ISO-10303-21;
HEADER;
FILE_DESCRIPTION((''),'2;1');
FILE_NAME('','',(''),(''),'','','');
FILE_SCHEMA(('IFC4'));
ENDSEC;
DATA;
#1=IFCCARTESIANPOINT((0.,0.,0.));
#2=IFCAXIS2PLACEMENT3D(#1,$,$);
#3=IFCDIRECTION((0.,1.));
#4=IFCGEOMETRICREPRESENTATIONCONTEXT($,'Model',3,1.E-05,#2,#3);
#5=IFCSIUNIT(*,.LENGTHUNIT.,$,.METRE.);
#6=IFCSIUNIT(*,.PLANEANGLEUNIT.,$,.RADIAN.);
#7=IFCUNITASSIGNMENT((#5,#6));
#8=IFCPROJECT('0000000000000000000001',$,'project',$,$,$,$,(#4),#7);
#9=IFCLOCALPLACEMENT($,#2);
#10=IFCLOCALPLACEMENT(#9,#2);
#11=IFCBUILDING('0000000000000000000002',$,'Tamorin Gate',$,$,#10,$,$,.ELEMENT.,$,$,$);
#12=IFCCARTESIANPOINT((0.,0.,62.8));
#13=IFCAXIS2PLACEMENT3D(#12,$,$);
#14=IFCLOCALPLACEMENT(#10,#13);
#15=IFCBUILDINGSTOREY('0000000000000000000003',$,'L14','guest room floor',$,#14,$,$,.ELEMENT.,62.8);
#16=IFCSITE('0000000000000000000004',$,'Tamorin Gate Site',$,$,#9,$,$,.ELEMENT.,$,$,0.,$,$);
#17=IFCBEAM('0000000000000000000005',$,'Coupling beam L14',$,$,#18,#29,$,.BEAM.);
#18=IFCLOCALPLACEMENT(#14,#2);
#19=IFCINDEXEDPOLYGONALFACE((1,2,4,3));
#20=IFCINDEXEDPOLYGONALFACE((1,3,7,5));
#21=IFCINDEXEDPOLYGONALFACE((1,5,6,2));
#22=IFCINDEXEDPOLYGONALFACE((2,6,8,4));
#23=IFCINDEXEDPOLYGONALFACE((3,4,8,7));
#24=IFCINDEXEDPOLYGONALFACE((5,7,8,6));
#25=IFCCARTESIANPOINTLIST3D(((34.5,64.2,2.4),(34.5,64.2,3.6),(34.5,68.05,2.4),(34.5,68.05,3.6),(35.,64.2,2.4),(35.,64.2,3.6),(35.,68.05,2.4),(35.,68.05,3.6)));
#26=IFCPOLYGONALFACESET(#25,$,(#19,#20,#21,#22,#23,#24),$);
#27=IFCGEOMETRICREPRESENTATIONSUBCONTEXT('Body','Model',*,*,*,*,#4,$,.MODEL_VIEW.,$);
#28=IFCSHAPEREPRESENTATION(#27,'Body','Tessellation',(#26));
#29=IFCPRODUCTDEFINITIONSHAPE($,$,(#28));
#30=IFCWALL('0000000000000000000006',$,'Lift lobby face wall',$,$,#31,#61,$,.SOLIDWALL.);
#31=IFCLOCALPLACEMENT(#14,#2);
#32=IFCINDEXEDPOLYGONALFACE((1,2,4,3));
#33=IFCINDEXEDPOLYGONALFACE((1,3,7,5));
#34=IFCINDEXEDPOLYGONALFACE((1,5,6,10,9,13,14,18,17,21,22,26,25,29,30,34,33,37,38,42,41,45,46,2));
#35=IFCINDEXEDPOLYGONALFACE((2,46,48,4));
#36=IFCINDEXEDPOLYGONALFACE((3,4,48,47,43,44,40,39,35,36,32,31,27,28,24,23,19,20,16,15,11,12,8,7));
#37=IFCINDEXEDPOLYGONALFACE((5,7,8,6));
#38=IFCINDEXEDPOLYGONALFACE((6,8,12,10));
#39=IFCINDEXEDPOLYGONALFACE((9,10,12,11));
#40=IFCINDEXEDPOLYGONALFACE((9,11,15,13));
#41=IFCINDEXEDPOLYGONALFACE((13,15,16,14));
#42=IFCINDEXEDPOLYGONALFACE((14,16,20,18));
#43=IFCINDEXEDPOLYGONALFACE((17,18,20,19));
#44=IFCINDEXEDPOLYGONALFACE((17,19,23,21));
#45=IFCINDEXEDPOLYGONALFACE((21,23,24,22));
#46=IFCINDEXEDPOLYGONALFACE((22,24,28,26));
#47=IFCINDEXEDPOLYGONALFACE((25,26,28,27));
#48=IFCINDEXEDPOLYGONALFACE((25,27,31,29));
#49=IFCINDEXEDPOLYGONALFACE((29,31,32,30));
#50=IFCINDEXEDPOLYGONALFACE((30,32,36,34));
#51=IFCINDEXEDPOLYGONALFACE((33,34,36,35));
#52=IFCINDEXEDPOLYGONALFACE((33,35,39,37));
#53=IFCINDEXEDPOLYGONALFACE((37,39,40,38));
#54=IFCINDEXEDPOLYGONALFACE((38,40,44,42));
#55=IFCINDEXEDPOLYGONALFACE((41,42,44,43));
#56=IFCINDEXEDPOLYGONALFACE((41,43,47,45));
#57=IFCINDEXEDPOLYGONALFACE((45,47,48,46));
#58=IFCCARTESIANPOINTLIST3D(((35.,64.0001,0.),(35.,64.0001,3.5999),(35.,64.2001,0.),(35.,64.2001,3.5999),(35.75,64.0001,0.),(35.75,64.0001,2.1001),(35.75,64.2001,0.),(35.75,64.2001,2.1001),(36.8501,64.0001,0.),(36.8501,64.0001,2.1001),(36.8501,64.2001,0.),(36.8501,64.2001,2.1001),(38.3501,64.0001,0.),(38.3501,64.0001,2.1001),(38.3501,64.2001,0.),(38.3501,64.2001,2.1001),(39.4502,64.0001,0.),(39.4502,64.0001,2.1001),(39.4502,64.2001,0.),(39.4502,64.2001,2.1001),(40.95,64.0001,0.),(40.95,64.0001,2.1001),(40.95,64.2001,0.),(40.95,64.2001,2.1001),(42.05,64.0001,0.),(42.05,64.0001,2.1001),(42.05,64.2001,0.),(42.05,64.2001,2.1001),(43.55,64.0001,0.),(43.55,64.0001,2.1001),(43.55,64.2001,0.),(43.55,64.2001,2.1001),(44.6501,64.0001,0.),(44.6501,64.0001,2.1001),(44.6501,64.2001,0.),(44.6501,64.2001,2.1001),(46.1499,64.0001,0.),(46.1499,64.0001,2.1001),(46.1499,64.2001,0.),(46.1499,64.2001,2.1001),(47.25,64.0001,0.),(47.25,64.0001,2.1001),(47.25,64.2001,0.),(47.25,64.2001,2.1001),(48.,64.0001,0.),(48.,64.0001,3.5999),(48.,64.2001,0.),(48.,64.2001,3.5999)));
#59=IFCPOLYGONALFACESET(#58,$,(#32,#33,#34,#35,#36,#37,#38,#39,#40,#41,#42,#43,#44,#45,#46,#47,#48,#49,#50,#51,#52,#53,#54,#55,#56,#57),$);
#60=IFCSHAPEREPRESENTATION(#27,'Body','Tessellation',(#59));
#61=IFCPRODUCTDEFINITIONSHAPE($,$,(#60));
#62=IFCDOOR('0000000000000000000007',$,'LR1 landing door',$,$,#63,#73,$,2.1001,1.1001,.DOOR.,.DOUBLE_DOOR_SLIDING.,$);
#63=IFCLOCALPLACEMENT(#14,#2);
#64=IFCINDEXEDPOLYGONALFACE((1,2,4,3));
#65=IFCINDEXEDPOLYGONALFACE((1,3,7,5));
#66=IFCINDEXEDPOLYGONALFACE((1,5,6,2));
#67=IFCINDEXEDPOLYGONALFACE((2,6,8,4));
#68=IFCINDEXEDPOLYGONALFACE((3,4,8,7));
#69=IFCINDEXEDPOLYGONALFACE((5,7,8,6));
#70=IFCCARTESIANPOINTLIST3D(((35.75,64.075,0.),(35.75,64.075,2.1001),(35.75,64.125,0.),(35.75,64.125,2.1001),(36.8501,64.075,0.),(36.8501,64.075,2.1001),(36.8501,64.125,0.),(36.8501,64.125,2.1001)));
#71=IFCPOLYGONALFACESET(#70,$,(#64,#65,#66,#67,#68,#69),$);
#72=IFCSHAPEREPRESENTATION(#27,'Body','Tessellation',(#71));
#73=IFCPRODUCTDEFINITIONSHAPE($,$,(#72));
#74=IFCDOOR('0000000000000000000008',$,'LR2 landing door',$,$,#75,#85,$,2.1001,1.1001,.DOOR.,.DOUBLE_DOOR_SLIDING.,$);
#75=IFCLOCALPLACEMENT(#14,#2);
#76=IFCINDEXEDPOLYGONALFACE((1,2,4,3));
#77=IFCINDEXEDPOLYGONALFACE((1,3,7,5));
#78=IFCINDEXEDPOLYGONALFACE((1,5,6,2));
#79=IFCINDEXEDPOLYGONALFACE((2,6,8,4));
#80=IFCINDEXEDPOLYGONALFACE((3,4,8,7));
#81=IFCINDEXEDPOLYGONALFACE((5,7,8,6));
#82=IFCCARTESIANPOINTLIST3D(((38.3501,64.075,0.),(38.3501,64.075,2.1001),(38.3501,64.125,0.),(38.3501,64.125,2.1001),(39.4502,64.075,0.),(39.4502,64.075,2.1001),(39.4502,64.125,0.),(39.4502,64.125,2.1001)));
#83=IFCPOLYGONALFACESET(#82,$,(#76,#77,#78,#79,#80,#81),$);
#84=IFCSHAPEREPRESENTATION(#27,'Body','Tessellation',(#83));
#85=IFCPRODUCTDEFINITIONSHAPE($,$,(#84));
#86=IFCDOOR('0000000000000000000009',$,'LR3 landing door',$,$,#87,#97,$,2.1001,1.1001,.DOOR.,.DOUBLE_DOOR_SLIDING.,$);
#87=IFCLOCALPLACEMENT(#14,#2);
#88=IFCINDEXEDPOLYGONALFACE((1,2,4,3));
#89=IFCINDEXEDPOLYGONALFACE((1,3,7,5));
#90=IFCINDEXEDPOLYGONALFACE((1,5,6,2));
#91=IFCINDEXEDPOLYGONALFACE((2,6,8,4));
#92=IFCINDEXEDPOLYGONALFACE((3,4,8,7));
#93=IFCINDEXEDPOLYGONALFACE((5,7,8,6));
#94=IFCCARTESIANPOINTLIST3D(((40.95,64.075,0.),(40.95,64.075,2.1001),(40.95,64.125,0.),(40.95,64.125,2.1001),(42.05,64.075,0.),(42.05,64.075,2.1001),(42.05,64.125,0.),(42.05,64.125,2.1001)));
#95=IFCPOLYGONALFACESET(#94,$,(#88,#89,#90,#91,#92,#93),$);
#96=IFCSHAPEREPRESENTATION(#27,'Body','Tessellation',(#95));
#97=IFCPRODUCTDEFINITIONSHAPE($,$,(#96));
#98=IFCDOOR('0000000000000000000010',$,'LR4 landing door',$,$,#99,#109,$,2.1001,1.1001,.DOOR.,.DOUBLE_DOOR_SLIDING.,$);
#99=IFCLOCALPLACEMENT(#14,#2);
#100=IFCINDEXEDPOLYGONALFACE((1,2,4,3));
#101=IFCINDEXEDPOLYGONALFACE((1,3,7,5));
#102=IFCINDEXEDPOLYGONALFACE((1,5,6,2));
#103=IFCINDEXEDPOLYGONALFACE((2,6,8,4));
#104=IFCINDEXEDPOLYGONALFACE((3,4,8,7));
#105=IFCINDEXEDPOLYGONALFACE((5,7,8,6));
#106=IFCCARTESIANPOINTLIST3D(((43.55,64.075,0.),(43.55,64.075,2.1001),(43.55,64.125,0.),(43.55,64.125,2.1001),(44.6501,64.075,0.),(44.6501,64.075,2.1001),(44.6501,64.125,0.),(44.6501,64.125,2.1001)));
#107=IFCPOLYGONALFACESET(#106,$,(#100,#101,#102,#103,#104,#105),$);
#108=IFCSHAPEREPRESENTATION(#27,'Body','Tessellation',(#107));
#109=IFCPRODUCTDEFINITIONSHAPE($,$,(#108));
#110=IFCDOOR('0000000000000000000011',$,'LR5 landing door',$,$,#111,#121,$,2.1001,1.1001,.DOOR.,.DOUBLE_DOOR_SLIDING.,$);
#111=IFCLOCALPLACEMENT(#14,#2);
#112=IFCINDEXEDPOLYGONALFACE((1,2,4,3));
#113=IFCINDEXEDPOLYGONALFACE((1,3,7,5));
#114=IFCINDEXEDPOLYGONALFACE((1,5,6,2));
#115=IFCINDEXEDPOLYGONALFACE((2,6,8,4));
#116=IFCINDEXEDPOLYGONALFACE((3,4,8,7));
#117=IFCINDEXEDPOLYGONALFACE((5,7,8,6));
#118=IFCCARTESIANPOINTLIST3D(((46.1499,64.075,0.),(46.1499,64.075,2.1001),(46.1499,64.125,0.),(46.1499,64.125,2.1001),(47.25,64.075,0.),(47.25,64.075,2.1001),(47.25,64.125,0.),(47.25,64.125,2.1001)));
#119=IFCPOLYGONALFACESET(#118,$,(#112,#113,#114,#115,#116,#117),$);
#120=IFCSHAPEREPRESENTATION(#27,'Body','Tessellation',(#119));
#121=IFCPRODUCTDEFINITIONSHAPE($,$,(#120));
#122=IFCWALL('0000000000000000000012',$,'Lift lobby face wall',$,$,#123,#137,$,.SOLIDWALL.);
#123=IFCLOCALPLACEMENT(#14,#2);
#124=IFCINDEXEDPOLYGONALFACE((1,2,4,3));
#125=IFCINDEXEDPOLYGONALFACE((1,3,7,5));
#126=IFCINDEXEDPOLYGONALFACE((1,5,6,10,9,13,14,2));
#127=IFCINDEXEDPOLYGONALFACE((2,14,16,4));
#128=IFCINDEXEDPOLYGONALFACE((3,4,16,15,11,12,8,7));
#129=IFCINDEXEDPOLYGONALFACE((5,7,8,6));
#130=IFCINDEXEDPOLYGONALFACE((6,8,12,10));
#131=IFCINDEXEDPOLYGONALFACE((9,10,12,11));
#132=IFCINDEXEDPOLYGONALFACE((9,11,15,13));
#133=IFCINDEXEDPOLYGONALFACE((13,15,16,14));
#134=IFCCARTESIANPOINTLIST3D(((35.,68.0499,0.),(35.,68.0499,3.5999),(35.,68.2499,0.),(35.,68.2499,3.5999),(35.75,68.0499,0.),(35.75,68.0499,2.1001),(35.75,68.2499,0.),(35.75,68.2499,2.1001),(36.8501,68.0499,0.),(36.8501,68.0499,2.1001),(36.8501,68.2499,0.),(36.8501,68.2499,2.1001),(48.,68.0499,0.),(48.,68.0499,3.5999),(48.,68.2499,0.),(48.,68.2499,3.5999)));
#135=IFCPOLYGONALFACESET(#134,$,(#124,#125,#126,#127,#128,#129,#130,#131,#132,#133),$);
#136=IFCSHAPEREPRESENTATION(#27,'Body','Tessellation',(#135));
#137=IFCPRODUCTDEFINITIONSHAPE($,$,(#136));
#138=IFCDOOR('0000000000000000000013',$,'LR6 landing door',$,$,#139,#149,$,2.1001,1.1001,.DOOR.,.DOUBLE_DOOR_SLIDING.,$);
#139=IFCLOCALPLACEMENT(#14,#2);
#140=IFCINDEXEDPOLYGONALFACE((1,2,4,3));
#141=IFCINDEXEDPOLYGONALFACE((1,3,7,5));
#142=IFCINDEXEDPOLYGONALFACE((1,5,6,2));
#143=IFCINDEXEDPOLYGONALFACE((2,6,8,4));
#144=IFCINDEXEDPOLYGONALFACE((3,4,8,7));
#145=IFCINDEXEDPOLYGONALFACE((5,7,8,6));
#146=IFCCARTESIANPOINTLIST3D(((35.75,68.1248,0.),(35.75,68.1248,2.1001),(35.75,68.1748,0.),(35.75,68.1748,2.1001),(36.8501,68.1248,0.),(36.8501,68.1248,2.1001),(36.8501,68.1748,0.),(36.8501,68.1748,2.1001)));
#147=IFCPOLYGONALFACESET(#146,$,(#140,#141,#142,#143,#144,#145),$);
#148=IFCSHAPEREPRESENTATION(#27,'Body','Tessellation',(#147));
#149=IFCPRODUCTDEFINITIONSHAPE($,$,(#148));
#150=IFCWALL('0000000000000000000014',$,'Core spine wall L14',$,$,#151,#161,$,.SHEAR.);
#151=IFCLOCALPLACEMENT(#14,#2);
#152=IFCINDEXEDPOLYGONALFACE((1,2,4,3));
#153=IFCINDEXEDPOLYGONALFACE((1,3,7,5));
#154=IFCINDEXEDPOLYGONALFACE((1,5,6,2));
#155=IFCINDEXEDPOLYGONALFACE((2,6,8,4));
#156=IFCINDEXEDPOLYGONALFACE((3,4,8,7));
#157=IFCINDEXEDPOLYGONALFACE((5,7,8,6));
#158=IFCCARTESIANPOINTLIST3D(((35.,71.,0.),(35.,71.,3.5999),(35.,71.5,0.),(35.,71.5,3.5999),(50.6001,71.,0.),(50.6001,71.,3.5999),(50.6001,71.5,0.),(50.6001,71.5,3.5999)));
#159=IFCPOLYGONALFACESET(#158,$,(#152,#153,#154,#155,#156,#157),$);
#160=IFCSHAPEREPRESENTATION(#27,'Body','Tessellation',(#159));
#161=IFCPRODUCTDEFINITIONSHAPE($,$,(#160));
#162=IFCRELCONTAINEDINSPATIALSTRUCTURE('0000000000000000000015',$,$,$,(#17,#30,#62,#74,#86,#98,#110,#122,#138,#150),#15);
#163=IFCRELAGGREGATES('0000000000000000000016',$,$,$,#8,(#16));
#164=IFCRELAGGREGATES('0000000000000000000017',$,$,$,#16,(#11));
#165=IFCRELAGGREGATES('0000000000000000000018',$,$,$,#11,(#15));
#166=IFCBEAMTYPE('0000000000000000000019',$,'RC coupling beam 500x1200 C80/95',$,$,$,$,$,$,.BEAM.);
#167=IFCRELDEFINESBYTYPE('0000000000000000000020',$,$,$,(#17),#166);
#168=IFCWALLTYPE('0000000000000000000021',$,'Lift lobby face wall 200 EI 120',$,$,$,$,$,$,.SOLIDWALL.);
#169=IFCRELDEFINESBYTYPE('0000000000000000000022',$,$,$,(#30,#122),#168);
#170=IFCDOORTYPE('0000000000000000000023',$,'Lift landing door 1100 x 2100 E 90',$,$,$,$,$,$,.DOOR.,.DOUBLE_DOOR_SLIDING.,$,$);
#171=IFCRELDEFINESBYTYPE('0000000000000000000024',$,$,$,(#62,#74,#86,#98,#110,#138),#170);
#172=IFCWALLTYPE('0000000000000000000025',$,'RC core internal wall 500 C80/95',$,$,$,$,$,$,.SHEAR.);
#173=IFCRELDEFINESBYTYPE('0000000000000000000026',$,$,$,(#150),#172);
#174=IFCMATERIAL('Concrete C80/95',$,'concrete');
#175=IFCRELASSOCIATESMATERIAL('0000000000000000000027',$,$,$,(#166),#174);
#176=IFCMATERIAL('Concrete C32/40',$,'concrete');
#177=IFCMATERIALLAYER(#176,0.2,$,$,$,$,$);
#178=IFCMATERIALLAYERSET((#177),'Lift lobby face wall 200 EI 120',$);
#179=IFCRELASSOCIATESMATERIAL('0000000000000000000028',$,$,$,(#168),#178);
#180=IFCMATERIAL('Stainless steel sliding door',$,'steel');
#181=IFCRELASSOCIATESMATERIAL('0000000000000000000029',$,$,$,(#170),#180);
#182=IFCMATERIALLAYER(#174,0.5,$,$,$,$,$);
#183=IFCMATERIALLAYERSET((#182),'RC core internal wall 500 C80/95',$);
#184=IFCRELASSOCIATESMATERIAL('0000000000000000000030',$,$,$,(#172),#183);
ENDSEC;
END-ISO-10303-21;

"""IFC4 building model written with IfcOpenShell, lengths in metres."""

from ifc_helpers import new_model, si_unit, direction, frame, frame_2d, origin, origin_2d, place, context, subcontext, project, spatial, rectangle, extrude, material, layer, layer_set, material_profile, profile_set, type_object, element, fill, save


model = new_model("IFC4")

# Units and contexts
model_context = context("Model", 3, precision=1e-05, world=origin(), true_north=direction((0.0, 1.0)))
body_context = subcontext(model_context, "Body", "Model", "MODEL_VIEW")
ifc_project = project(units=[si_unit("LENGTHUNIT", "METRE"), si_unit("PLANEANGLEUNIT", "RADIAN")], contexts=[model_context])

# Site, building, storey
site_placement = place(None, origin())
site = spatial("IfcSite", under=ifc_project, at=site_placement, Name="Tamorin Gate Site", CompositionType="ELEMENT", RefElevation=0.0)
building_placement = place(site_placement, origin())
building = spatial("IfcBuilding", under=site, at=building_placement, Name="Tamorin Gate", CompositionType="ELEMENT")
storey_placement = place(building_placement, frame((0.0, 0.0, 62.8)))
storey = spatial("IfcBuildingStorey", under=building, at=storey_placement, Name="L14", Description="guest room floor", CompositionType="ELEMENT", Elevation=62.8)

# Beam
ifc_material_1 = material(Name="Concrete C80/95", Category="concrete")
ifc_material_profile = material_profile(ifc_material_1, rectangle(XDim=0.5, YDim=1.2, at=origin_2d()), Name="RC 500x1200")
ifc_profile_set = profile_set([ifc_material_profile], Name="Concrete C80/95")
beam_type = type_object("IfcBeamType", Name="RC coupling beam 500x1200 C80/95", PredefinedType="BEAM", material=ifc_profile_set)
beam_placement = place(storey_placement, frame((34.75, 64.2, 3.0), z_axis=(0.0, 1.0, 0.0), x_axis=(-1.0, 0.0, 0.0)))
element("IfcBeam", 1, at=beam_placement, inside=storey, type_object=beam_type, Name="Coupling beam L14", PredefinedType="BEAM", context=body_context, shape_type="SweptSolid", body=[
    extrude(rectangle(XDim=0.5, YDim=1.2, at=origin_2d()), origin(), (0.0, 0.0, 1.0), 3.8501),
])

# Wall, openings, doors
ifc_material_2 = material(Name="Concrete C32/40", Category="concrete")
ifc_layer_1 = layer(ifc_material_2, 0.2)
ifc_layer_set_1 = layer_set([ifc_layer_1], Name="Lift lobby face wall 200 EI 120")
wall_type_1 = type_object("IfcWallType", Name="Lift lobby face wall 200 EI 120", PredefinedType="SOLIDWALL", material=ifc_layer_set_1)
wall_1_placement = place(storey_placement, frame((35.0, 64.1001, 0.0), z_axis=(0.0, 0.0, 1.0), x_axis=(1.0, 0.0, 0.0)))
wall_1 = element("IfcWall", 2, at=wall_1_placement, inside=storey, type_object=wall_type_1, Name="Lift lobby face wall", PredefinedType="SOLIDWALL", context=body_context, shape_type="SweptSolid", body=[
    extrude(rectangle(XDim=13.0, YDim=0.2, at=frame_2d((6.5, 0.0))), origin(), (0.0, 0.0, 1.0), 3.5999),
])
opening_1_placement = place(wall_1_placement, frame((0.75, 0.0, 0.0)))
opening_1 = element("IfcOpeningElement", 3, at=opening_1_placement, cuts=wall_1, PredefinedType="OPENING", context=body_context, shape_type="SweptSolid", body=[
    extrude(rectangle(XDim=1.1001, YDim=2.1001, at=frame_2d((0.55, 1.05))), frame((0.0, 0.1099, 0.0), z_axis=(0.0, -1.0, 0.0), x_axis=(1.0, 0.0, 0.0)), (0.0, 0.0, 1.0), 0.22),
])
opening_2_placement = place(wall_1_placement, frame((3.3501, 0.0, 0.0)))
opening_2 = element("IfcOpeningElement", 4, at=opening_2_placement, cuts=wall_1, PredefinedType="OPENING", context=body_context, shape_type="SweptSolid", body=[
    extrude(rectangle(XDim=1.1001, YDim=2.1001, at=frame_2d((0.55, 1.05))), frame((0.0, 0.1099, 0.0), z_axis=(0.0, -1.0, 0.0), x_axis=(1.0, 0.0, 0.0)), (0.0, 0.0, 1.0), 0.22),
])
opening_3_placement = place(wall_1_placement, frame((5.95, 0.0, 0.0)))
opening_3 = element("IfcOpeningElement", 5, at=opening_3_placement, cuts=wall_1, PredefinedType="OPENING", context=body_context, shape_type="SweptSolid", body=[
    extrude(rectangle(XDim=1.1001, YDim=2.1001, at=frame_2d((0.55, 1.05))), frame((0.0, 0.1099, 0.0), z_axis=(0.0, -1.0, 0.0), x_axis=(1.0, 0.0, 0.0)), (0.0, 0.0, 1.0), 0.22),
])
opening_4_placement = place(wall_1_placement, frame((8.55, 0.0, 0.0)))
opening_4 = element("IfcOpeningElement", 6, at=opening_4_placement, cuts=wall_1, PredefinedType="OPENING", context=body_context, shape_type="SweptSolid", body=[
    extrude(rectangle(XDim=1.1001, YDim=2.1001, at=frame_2d((0.55, 1.05))), frame((0.0, 0.1099, 0.0), z_axis=(0.0, -1.0, 0.0), x_axis=(1.0, 0.0, 0.0)), (0.0, 0.0, 1.0), 0.22),
])
opening_5_placement = place(wall_1_placement, frame((11.1499, 0.0, 0.0)))
opening_5 = element("IfcOpeningElement", 7, at=opening_5_placement, cuts=wall_1, PredefinedType="OPENING", context=body_context, shape_type="SweptSolid", body=[
    extrude(rectangle(XDim=1.1001, YDim=2.1001, at=frame_2d((0.55, 1.05))), frame((0.0, 0.1099, 0.0), z_axis=(0.0, -1.0, 0.0), x_axis=(1.0, 0.0, 0.0)), (0.0, 0.0, 1.0), 0.22),
])
ifc_material_3 = material(Name="Stainless steel sliding door", Category="steel")
door_type_1 = type_object("IfcDoorType", Name="Lift landing door 1100 x 2100 E 90", OperationType="DOUBLE_DOOR_SLIDING", PredefinedType="DOOR", material=ifc_material_3)
door_1_placement = place(opening_1_placement, origin())
door_1 = element("IfcDoor", 8, at=door_1_placement, inside=storey, type_object=door_type_1, Name="LR1 landing door", OperationType="DOUBLE_DOOR_SLIDING", OverallHeight=2.1001, OverallWidth=1.1001, PredefinedType="DOOR", context=body_context, shape_type="SweptSolid", body=[
    extrude(rectangle(XDim=1.1001, YDim=2.1001, at=frame_2d((0.55, 1.05))), frame((0.0, 0.0249, 0.0), z_axis=(0.0, -1.0, 0.0), x_axis=(1.0, 0.0, 0.0)), (0.0, 0.0, 1.0), 0.05),
])
fill(opening_1, door_1)
door_2_placement = place(opening_2_placement, origin())
door_2 = element("IfcDoor", 9, at=door_2_placement, inside=storey, type_object=door_type_1, Name="LR2 landing door", OperationType="DOUBLE_DOOR_SLIDING", OverallHeight=2.1001, OverallWidth=1.1001, PredefinedType="DOOR", context=body_context, shape_type="SweptSolid", body=[
    extrude(rectangle(XDim=1.1001, YDim=2.1001, at=frame_2d((0.55, 1.05))), frame((0.0, 0.0249, 0.0), z_axis=(0.0, -1.0, 0.0), x_axis=(1.0, 0.0, 0.0)), (0.0, 0.0, 1.0), 0.05),
])
fill(opening_2, door_2)
door_3_placement = place(opening_3_placement, origin())
door_3 = element("IfcDoor", 10, at=door_3_placement, inside=storey, type_object=door_type_1, Name="LR3 landing door", OperationType="DOUBLE_DOOR_SLIDING", OverallHeight=2.1001, OverallWidth=1.1001, PredefinedType="DOOR", context=body_context, shape_type="SweptSolid", body=[
    extrude(rectangle(XDim=1.1001, YDim=2.1001, at=frame_2d((0.55, 1.05))), frame((0.0, 0.0249, 0.0), z_axis=(0.0, -1.0, 0.0), x_axis=(1.0, 0.0, 0.0)), (0.0, 0.0, 1.0), 0.05),
])
fill(opening_3, door_3)
door_4_placement = place(opening_4_placement, origin())
door_4 = element("IfcDoor", 11, at=door_4_placement, inside=storey, type_object=door_type_1, Name="LR4 landing door", OperationType="DOUBLE_DOOR_SLIDING", OverallHeight=2.1001, OverallWidth=1.1001, PredefinedType="DOOR", context=body_context, shape_type="SweptSolid", body=[
    extrude(rectangle(XDim=1.1001, YDim=2.1001, at=frame_2d((0.55, 1.05))), frame((0.0, 0.0249, 0.0), z_axis=(0.0, -1.0, 0.0), x_axis=(1.0, 0.0, 0.0)), (0.0, 0.0, 1.0), 0.05),
])
fill(opening_4, door_4)
door_5_placement = place(opening_5_placement, origin())
door_5 = element("IfcDoor", 12, at=door_5_placement, inside=storey, type_object=door_type_1, Name="LR5 landing door", OperationType="DOUBLE_DOOR_SLIDING", OverallHeight=2.1001, OverallWidth=1.1001, PredefinedType="DOOR", context=body_context, shape_type="SweptSolid", body=[
    extrude(rectangle(XDim=1.1001, YDim=2.1001, at=frame_2d((0.55, 1.05))), frame((0.0, 0.0249, 0.0), z_axis=(0.0, -1.0, 0.0), x_axis=(1.0, 0.0, 0.0)), (0.0, 0.0, 1.0), 0.05),
])
fill(opening_5, door_5)

# Wall, opening, door
wall_2_placement = place(storey_placement, frame((35.0, 68.1499, 0.0), z_axis=(0.0, 0.0, 1.0), x_axis=(1.0, 0.0, 0.0)))
wall_2 = element("IfcWall", 13, at=wall_2_placement, inside=storey, type_object=wall_type_1, Name="Lift lobby face wall", PredefinedType="SOLIDWALL", context=body_context, shape_type="SweptSolid", body=[
    extrude(rectangle(XDim=13.0, YDim=0.2, at=frame_2d((6.5, 0.0))), origin(), (0.0, 0.0, 1.0), 3.5999),
])
opening_6_placement = place(wall_2_placement, frame((0.75, 0.0, 0.0)))
opening_6 = element("IfcOpeningElement", 14, at=opening_6_placement, cuts=wall_2, PredefinedType="OPENING", context=body_context, shape_type="SweptSolid", body=[
    extrude(rectangle(XDim=1.1001, YDim=2.1001, at=frame_2d((0.55, 1.05))), frame((0.0, 0.1099, 0.0), z_axis=(0.0, -1.0, 0.0), x_axis=(1.0, 0.0, 0.0)), (0.0, 0.0, 1.0), 0.22),
])
door_6_placement = place(opening_6_placement, origin())
door_6 = element("IfcDoor", 15, at=door_6_placement, inside=storey, type_object=door_type_1, Name="LR6 landing door", OperationType="DOUBLE_DOOR_SLIDING", OverallHeight=2.1001, OverallWidth=1.1001, PredefinedType="DOOR", context=body_context, shape_type="SweptSolid", body=[
    extrude(rectangle(XDim=1.1001, YDim=2.1001, at=frame_2d((0.55, 1.05))), frame((0.0, 0.0249, 0.0), z_axis=(0.0, -1.0, 0.0), x_axis=(1.0, 0.0, 0.0)), (0.0, 0.0, 1.0), 0.05),
])
fill(opening_6, door_6)

# Wall
ifc_layer_2 = layer(ifc_material_1, 0.5)
ifc_layer_set_2 = layer_set([ifc_layer_2], Name="RC core internal wall 500 C80/95")
wall_type_2 = type_object("IfcWallType", Name="RC core internal wall 500 C80/95", PredefinedType="SHEAR", material=ifc_layer_set_2)
wall_3_placement = place(storey_placement, frame((35.0, 71.25, 0.0), z_axis=(0.0, 0.0, 1.0), x_axis=(1.0, 0.0, 0.0)))
element("IfcWall", 16, at=wall_3_placement, inside=storey, type_object=wall_type_2, Name="Core spine wall L14", PredefinedType="SHEAR", context=body_context, shape_type="SweptSolid", body=[
    extrude(rectangle(XDim=15.6001, YDim=0.5, at=frame_2d((7.8, 0.0))), origin(), (0.0, 0.0, 1.0), 3.5999),
])

save(model, "model.ifc")
